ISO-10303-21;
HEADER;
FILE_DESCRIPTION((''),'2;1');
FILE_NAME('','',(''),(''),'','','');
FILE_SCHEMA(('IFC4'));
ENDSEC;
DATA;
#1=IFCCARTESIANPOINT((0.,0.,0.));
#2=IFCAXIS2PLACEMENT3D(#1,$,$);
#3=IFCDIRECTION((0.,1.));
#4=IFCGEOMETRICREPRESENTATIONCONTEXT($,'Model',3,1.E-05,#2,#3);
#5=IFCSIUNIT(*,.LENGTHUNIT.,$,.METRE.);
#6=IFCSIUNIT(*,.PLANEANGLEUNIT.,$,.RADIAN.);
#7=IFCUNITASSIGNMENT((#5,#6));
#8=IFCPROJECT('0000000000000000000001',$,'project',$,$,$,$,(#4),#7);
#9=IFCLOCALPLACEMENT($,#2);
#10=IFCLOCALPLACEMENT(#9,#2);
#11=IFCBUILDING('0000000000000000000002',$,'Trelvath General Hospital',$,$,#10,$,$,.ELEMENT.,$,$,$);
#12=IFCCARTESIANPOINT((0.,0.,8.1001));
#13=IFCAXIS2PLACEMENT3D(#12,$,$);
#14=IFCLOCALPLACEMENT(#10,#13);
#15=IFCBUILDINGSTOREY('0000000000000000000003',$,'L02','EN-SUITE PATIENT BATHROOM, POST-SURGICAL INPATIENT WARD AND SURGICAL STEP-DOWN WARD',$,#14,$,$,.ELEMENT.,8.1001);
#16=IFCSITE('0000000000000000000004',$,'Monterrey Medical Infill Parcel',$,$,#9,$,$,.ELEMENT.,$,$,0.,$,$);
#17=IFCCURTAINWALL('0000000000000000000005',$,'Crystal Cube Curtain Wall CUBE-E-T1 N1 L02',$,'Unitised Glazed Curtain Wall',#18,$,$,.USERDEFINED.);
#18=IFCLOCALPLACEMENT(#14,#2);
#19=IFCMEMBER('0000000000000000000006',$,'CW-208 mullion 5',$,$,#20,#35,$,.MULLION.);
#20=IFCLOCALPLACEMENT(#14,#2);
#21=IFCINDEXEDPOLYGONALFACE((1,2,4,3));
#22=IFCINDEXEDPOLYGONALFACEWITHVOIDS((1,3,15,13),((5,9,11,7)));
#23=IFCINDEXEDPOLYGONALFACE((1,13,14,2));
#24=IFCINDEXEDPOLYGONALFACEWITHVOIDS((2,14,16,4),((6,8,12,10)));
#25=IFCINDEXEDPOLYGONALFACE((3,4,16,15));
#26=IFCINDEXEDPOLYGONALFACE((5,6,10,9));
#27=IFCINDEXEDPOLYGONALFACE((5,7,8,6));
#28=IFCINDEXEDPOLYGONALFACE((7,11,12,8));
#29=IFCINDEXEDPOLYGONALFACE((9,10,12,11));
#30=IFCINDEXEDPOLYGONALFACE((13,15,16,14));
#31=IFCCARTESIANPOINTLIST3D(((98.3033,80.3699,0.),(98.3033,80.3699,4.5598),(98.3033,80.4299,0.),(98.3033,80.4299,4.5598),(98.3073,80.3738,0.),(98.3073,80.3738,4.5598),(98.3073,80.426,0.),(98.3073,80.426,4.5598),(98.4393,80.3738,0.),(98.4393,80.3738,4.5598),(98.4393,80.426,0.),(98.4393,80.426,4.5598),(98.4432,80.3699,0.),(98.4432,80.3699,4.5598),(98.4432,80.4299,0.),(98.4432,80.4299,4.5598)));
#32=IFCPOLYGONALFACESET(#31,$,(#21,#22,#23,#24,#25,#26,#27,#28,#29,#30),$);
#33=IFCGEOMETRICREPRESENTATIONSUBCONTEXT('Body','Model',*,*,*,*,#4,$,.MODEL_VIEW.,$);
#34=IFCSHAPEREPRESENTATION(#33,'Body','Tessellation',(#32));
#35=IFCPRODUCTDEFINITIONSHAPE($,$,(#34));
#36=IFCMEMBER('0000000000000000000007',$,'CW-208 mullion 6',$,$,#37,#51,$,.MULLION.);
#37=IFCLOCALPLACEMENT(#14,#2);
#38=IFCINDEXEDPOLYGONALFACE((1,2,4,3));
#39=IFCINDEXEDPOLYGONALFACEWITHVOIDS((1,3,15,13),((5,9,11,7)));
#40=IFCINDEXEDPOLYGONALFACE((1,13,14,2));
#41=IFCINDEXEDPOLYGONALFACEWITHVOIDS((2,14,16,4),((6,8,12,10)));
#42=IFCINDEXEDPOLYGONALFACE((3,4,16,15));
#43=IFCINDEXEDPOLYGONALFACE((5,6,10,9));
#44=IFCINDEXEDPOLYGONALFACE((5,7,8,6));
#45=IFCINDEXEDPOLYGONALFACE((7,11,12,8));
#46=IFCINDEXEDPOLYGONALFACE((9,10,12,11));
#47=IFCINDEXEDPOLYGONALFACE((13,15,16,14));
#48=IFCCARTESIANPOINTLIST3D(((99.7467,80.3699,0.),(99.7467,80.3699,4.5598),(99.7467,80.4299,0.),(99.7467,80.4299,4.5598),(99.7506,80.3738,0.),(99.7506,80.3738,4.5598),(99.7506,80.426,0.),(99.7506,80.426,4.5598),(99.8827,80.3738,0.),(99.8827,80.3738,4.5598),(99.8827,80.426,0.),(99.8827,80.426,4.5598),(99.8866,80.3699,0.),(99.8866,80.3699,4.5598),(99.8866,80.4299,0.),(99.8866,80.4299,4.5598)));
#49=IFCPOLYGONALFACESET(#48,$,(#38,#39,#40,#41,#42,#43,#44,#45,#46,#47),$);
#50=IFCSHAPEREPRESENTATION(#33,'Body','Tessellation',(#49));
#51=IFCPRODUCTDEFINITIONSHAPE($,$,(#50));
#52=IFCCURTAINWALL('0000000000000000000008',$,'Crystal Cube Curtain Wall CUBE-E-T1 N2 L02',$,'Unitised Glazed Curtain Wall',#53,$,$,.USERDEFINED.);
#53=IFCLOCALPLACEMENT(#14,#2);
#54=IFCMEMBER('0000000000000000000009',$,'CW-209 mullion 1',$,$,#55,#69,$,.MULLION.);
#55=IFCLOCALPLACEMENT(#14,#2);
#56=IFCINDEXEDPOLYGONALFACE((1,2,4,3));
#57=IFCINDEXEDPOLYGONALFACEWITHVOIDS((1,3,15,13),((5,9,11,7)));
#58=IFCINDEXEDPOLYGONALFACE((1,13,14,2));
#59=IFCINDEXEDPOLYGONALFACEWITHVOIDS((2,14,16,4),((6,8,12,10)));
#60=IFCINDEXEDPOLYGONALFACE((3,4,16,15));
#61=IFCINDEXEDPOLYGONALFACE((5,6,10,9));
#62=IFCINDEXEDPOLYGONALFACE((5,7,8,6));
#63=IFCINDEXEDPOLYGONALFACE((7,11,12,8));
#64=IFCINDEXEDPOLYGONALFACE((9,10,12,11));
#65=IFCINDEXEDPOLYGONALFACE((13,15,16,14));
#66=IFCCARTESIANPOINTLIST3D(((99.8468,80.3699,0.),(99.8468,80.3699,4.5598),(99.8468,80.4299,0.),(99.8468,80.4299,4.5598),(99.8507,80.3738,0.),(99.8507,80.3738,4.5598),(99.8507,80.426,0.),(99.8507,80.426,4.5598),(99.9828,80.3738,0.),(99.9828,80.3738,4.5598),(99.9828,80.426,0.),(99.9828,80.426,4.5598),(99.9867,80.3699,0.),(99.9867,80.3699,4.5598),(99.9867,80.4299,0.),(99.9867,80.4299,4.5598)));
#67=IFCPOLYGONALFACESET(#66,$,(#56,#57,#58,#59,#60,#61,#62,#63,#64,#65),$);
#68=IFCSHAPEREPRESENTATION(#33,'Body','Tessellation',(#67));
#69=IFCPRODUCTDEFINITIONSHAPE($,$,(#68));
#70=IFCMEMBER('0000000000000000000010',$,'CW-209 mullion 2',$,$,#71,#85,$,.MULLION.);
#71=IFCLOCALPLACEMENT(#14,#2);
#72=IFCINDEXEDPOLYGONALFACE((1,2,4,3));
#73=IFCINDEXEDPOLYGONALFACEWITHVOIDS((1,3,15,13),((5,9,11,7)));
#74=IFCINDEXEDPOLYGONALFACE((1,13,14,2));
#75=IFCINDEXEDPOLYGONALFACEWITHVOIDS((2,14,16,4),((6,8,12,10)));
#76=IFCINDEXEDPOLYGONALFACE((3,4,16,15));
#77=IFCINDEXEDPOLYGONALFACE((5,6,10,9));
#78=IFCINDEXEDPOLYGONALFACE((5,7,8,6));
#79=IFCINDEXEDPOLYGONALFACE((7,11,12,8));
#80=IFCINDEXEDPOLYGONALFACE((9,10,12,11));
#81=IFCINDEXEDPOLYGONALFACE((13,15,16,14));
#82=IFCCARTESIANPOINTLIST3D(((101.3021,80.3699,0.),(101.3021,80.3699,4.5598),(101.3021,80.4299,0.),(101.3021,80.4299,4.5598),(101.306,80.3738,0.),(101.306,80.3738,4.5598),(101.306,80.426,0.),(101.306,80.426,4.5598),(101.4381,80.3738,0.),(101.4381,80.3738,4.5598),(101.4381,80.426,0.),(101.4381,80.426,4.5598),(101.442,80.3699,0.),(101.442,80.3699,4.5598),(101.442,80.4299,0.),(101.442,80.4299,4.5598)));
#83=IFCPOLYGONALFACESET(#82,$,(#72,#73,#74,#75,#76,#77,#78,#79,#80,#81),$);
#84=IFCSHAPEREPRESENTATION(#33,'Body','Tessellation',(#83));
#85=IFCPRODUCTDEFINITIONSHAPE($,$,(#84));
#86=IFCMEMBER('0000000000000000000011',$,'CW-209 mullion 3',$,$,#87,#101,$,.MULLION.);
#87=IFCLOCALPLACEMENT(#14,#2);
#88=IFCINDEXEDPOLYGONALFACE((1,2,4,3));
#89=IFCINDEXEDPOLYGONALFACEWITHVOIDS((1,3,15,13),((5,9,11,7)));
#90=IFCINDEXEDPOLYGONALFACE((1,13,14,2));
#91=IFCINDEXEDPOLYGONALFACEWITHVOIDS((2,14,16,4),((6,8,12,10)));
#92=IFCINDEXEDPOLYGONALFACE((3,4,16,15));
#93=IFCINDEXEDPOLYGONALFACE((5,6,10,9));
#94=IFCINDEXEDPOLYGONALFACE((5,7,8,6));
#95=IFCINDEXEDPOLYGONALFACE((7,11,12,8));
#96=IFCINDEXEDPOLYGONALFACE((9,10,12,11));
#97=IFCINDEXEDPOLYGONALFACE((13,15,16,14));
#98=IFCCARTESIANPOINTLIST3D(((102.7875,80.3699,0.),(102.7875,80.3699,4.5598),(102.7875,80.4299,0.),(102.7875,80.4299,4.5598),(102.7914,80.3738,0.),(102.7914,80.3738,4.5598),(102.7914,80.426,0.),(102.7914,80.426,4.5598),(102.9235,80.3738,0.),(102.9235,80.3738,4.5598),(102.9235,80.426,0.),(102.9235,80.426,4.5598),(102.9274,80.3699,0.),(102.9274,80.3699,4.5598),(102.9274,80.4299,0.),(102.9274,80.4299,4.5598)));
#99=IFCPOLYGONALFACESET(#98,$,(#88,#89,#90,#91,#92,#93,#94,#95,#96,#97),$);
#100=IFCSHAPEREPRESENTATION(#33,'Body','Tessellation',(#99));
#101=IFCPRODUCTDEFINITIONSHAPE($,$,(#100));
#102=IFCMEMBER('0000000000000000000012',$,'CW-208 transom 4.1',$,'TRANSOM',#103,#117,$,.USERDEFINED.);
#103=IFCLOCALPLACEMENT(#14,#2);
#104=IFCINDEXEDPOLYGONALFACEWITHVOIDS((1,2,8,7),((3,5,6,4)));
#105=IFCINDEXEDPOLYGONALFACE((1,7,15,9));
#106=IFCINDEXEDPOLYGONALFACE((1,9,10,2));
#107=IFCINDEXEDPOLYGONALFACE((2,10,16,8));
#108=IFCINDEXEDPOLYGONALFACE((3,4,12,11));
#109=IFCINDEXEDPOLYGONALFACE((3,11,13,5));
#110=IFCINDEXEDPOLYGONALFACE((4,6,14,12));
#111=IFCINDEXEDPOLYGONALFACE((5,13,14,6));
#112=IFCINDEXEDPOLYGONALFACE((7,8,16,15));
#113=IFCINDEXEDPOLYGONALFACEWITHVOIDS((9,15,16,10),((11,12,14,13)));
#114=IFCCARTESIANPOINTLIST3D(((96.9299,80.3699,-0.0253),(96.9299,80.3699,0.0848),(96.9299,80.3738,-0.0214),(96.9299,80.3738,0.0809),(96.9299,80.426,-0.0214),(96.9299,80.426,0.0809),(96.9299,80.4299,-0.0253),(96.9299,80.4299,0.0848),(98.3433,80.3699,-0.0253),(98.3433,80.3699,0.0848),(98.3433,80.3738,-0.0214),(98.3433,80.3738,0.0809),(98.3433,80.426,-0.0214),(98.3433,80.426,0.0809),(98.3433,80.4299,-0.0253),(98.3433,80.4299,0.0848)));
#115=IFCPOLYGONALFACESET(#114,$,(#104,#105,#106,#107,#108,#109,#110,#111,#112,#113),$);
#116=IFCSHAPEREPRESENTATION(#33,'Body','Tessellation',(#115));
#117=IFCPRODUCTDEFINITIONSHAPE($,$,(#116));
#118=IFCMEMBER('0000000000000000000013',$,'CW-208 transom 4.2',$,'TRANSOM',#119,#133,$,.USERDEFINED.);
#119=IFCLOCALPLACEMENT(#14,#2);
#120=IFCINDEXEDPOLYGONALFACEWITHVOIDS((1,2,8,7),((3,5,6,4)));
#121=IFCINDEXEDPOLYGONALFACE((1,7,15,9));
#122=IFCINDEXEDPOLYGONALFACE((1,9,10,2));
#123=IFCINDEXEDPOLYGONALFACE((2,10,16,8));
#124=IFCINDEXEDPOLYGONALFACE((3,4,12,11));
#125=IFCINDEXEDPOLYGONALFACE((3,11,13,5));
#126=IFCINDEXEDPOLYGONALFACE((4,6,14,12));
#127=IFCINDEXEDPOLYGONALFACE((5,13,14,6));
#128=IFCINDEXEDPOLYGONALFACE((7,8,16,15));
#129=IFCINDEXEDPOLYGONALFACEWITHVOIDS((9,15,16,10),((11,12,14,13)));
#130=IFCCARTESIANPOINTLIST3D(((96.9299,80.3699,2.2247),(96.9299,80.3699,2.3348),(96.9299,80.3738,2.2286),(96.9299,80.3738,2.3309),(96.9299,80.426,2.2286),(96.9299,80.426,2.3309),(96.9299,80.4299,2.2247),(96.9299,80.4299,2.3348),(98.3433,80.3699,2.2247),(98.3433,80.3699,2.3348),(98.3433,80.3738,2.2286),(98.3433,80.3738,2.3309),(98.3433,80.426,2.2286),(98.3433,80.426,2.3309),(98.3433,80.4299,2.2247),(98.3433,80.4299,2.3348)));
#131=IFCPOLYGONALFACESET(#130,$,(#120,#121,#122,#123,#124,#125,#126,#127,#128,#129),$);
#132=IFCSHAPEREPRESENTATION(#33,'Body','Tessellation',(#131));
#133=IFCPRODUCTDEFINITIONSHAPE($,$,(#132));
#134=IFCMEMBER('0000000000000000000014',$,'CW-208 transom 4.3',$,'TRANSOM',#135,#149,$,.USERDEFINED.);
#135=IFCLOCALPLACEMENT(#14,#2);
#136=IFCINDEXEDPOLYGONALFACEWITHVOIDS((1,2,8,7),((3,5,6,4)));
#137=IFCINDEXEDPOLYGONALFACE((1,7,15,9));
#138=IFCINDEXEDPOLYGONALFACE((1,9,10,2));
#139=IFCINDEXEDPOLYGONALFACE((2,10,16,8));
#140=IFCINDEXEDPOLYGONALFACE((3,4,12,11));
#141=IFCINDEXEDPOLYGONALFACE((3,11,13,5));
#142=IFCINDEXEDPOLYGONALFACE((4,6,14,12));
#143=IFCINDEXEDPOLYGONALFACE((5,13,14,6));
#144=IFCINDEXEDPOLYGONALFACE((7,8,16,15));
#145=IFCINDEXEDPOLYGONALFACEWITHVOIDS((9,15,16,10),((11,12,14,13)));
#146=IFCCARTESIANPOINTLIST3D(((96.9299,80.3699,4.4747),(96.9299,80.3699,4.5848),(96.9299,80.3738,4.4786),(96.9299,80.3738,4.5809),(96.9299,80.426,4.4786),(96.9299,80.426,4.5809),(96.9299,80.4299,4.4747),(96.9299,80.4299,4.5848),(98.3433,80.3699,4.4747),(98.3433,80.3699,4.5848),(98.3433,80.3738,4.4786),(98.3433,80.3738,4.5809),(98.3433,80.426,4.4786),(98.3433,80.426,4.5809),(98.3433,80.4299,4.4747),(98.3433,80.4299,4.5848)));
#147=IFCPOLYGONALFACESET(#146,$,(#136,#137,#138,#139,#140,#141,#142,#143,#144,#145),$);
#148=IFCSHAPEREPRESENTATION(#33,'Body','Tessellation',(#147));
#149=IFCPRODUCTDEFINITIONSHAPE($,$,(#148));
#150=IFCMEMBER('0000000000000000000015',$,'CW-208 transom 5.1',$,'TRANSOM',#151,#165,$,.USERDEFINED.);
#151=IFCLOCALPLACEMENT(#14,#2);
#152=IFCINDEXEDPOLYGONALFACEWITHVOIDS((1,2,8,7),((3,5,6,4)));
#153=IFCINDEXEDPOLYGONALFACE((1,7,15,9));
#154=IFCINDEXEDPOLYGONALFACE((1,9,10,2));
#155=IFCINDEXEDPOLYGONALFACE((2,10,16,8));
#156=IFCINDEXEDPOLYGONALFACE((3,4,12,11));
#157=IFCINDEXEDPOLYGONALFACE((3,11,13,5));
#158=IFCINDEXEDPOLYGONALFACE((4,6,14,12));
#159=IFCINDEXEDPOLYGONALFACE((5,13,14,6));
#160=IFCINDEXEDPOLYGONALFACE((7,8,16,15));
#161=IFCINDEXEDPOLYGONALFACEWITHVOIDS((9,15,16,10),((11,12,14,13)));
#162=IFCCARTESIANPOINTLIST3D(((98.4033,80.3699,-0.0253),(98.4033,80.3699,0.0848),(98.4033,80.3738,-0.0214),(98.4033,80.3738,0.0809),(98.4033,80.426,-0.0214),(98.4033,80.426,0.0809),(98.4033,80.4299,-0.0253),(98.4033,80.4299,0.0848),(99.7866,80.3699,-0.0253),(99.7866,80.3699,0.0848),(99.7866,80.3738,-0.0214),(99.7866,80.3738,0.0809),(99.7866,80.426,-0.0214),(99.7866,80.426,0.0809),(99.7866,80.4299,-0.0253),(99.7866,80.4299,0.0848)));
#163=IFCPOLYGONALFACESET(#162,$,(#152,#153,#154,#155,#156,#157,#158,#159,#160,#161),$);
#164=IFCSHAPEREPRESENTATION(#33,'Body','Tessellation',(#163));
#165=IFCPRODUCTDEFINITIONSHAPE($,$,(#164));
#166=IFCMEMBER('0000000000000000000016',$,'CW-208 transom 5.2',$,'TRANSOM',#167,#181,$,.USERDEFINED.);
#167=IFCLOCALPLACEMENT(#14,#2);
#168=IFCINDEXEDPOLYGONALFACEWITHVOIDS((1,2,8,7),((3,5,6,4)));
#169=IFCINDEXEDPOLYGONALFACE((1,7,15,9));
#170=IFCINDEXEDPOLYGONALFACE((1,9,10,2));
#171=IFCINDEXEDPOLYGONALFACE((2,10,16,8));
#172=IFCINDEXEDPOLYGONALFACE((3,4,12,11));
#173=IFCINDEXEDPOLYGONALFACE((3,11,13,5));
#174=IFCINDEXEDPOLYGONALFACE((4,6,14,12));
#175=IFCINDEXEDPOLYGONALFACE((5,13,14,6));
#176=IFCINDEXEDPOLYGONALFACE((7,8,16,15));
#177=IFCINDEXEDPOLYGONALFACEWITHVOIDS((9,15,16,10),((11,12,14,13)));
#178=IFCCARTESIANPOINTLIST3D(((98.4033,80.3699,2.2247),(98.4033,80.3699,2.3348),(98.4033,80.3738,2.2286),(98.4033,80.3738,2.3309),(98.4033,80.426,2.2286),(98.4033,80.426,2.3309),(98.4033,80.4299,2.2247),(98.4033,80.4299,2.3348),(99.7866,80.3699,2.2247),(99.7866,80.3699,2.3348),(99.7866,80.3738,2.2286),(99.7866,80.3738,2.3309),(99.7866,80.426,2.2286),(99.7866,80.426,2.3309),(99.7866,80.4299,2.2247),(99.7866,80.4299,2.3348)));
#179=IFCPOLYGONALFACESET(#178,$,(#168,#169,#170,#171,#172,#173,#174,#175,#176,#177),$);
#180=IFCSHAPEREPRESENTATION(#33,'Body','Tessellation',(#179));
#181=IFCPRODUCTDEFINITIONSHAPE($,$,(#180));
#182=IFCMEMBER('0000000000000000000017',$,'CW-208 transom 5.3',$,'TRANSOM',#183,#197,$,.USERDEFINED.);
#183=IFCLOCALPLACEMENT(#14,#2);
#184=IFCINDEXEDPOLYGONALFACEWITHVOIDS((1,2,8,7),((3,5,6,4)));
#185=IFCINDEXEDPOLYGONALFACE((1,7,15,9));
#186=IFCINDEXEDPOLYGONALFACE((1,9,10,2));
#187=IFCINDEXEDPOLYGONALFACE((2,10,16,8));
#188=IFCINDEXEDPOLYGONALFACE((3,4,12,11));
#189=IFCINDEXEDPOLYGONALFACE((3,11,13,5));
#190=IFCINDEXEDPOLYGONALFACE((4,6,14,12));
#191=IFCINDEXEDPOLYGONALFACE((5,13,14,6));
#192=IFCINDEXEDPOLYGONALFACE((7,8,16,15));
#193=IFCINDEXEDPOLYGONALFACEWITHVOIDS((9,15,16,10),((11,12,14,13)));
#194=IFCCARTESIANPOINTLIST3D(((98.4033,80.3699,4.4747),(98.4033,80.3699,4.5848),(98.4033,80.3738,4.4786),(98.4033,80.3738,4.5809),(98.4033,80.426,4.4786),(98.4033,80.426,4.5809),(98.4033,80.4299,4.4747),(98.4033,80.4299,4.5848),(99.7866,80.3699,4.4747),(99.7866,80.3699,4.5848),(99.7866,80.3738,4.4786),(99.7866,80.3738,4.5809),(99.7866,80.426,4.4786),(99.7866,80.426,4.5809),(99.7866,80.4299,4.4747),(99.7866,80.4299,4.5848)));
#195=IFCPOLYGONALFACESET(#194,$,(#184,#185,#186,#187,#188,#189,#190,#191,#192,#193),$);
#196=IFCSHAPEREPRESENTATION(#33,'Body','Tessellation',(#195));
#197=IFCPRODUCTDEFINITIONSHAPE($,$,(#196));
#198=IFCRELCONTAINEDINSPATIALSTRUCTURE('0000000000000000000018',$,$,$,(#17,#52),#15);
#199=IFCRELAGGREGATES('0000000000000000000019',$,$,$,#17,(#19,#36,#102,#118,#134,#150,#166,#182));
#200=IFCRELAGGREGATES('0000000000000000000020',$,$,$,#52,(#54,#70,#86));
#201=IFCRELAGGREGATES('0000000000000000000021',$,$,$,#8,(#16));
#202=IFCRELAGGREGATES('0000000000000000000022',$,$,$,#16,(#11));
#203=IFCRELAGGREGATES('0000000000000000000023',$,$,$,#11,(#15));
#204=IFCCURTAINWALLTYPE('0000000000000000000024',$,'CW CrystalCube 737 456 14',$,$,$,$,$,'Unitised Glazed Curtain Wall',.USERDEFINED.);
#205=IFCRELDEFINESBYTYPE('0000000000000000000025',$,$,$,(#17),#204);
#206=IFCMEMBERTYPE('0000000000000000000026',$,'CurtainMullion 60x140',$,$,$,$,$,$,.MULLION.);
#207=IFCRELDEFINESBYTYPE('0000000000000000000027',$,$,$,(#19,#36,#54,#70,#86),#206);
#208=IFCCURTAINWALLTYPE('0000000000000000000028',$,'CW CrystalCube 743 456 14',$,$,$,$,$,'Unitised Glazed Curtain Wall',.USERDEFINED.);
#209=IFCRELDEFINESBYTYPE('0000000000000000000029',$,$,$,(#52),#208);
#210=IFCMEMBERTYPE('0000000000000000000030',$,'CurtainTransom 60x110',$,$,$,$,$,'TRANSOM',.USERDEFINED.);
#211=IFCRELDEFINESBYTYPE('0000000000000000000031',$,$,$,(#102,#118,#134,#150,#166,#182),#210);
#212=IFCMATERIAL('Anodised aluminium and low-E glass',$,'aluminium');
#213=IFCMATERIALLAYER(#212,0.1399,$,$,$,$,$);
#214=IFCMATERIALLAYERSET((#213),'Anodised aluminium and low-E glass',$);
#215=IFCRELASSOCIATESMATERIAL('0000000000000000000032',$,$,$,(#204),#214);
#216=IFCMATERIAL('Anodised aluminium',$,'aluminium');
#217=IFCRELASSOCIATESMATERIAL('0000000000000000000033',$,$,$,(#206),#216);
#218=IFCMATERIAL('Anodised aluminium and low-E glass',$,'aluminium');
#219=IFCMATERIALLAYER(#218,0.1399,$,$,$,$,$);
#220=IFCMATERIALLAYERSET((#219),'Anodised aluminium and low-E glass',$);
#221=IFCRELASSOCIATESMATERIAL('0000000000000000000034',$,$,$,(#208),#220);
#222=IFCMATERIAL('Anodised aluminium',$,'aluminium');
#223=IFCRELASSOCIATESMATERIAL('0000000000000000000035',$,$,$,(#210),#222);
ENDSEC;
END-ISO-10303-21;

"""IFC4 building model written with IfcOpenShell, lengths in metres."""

from ifc_helpers import new_model, si_unit, direction, frame, origin, origin_2d, place, context, subcontext, project, spatial, hollow_rectangle, extrude, material, layer, layer_set, material_profile, profile_set, type_object, element, aggregate, save


model = new_model("IFC4")

# Units and contexts
model_context = context("Model", 3, precision=1e-05, world=origin(), true_north=direction((0.0, 1.0)))
body_context = subcontext(model_context, "Body", "Model", "MODEL_VIEW")
ifc_project = project(units=[si_unit("LENGTHUNIT", "METRE"), si_unit("PLANEANGLEUNIT", "RADIAN")], contexts=[model_context])

# Site, building, storey
site_placement = place(None, origin())
site = spatial("IfcSite", under=ifc_project, at=site_placement, Name="Monterrey Medical Infill Parcel", CompositionType="ELEMENT", RefElevation=0.0)
building_placement = place(site_placement, origin())
building = spatial("IfcBuilding", under=site, at=building_placement, Name="Trelvath General Hospital", CompositionType="ELEMENT")
storey_placement = place(building_placement, frame((0.0, 0.0, 8.1001)))
storey = spatial("IfcBuildingStorey", under=building, at=storey_placement, Name="L02", Description="EN-SUITE PATIENT BATHROOM, POST-SURGICAL INPATIENT WARD AND SURGICAL STEP-DOWN WARD", CompositionType="ELEMENT", Elevation=8.1001)

# Curtain walls, members
ifc_material_1 = material(Name="Anodised aluminium and low-E glass", Category="aluminium")
ifc_layer_1 = layer(ifc_material_1, 0.1399)
ifc_layer_set_1 = layer_set([ifc_layer_1], Name="Anodised aluminium and low-E glass")
curtain_wall_type_1 = type_object("IfcCurtainWallType", Name="CW CrystalCube 737 456 14", ElementType="Unitised Glazed Curtain Wall", PredefinedType="USERDEFINED", material=ifc_layer_set_1)
curtain_wall_1_placement = place(storey_placement, origin())
curtain_wall_1 = element("IfcCurtainWall", 1, at=curtain_wall_1_placement, inside=storey, type_object=curtain_wall_type_1, Name="Crystal Cube Curtain Wall CUBE-E-T1 N1 L02", ObjectType="Unitised Glazed Curtain Wall", PredefinedType="USERDEFINED")
ifc_material_2 = material(Name="Anodised aluminium", Category="aluminium")
ifc_material_profile_1 = material_profile(ifc_material_2, hollow_rectangle(XDim=0.0601, YDim=0.1399, WallThickness=0.0039, at=origin_2d()), Name="RHS60x140x4")
ifc_profile_set_1 = profile_set([ifc_material_profile_1], Name="Anodised aluminium")
member_type_1 = type_object("IfcMemberType", Name="CurtainMullion 60x140", PredefinedType="MULLION", material=ifc_profile_set_1)
member_1_placement = place(storey_placement, frame((98.3733, 80.3999, 0.0), z_axis=(0.0, 0.0, 1.0), x_axis=(0.0, 1.0, 0.0)))
member_1 = element("IfcMember", 2, at=member_1_placement, type_object=member_type_1, Name="CW-208 mullion 5", PredefinedType="MULLION", context=body_context, shape_type="SweptSolid", body=[
    extrude(hollow_rectangle(XDim=0.0601, YDim=0.1399, WallThickness=0.0039, at=origin_2d()), origin(), (0.0, 0.0, 1.0), 4.5598),
])
member_2_placement = place(storey_placement, frame((99.8167, 80.3999, 0.0), z_axis=(0.0, 0.0, 1.0), x_axis=(0.0, 1.0, 0.0)))
member_2 = element("IfcMember", 3, at=member_2_placement, type_object=member_type_1, Name="CW-208 mullion 6", PredefinedType="MULLION", context=body_context, shape_type="SweptSolid", body=[
    extrude(hollow_rectangle(XDim=0.0601, YDim=0.1399, WallThickness=0.0039, at=origin_2d()), origin(), (0.0, 0.0, 1.0), 4.5598),
])
ifc_material_3 = material(Name="Anodised aluminium and low-E glass", Category="aluminium")
ifc_layer_2 = layer(ifc_material_3, 0.1399)
ifc_layer_set_2 = layer_set([ifc_layer_2], Name="Anodised aluminium and low-E glass")
curtain_wall_type_2 = type_object("IfcCurtainWallType", Name="CW CrystalCube 743 456 14", ElementType="Unitised Glazed Curtain Wall", PredefinedType="USERDEFINED", material=ifc_layer_set_2)
curtain_wall_2_placement = place(storey_placement, origin())
curtain_wall_2 = element("IfcCurtainWall", 4, at=curtain_wall_2_placement, inside=storey, type_object=curtain_wall_type_2, Name="Crystal Cube Curtain Wall CUBE-E-T1 N2 L02", ObjectType="Unitised Glazed Curtain Wall", PredefinedType="USERDEFINED")
member_3_placement = place(storey_placement, frame((99.9167, 80.3999, 0.0), z_axis=(0.0, 0.0, 1.0), x_axis=(0.0, 1.0, 0.0)))
member_3 = element("IfcMember", 5, at=member_3_placement, type_object=member_type_1, Name="CW-209 mullion 1", PredefinedType="MULLION", context=body_context, shape_type="SweptSolid", body=[
    extrude(hollow_rectangle(XDim=0.0601, YDim=0.1399, WallThickness=0.0039, at=origin_2d()), origin(), (0.0, 0.0, 1.0), 4.5598),
])
member_4_placement = place(storey_placement, frame((101.3721, 80.3999, 0.0), z_axis=(0.0, 0.0, 1.0), x_axis=(0.0, 1.0, 0.0)))
member_4 = element("IfcMember", 6, at=member_4_placement, type_object=member_type_1, Name="CW-209 mullion 2", PredefinedType="MULLION", context=body_context, shape_type="SweptSolid", body=[
    extrude(hollow_rectangle(XDim=0.0601, YDim=0.1399, WallThickness=0.0039, at=origin_2d()), origin(), (0.0, 0.0, 1.0), 4.5598),
])
member_5_placement = place(storey_placement, frame((102.8574, 80.3999, 0.0), z_axis=(0.0, 0.0, 1.0), x_axis=(0.0, 1.0, 0.0)))
member_5 = element("IfcMember", 7, at=member_5_placement, type_object=member_type_1, Name="CW-209 mullion 3", PredefinedType="MULLION", context=body_context, shape_type="SweptSolid", body=[
    extrude(hollow_rectangle(XDim=0.0601, YDim=0.1399, WallThickness=0.0039, at=origin_2d()), origin(), (0.0, 0.0, 1.0), 4.5598),
])

# Members
ifc_material_4 = material(Name="Anodised aluminium", Category="aluminium")
ifc_material_profile_2 = material_profile(ifc_material_4, hollow_rectangle(XDim=0.0601, YDim=0.1101, WallThickness=0.0039, at=origin_2d()), Name="RHS60x110x4")
ifc_profile_set_2 = profile_set([ifc_material_profile_2], Name="Anodised aluminium")
member_type_2 = type_object("IfcMemberType", Name="CurtainTransom 60x110", ElementType="TRANSOM", PredefinedType="USERDEFINED", material=ifc_profile_set_2)
member_6_placement = place(storey_placement, frame((96.9299, 80.3999, 0.0298), z_axis=(1.0, 0.0, 0.0), x_axis=(0.0, 1.0, 0.0)))
member_6 = element("IfcMember", 8, at=member_6_placement, type_object=member_type_2, Name="CW-208 transom 4.1", ObjectType="TRANSOM", PredefinedType="USERDEFINED", context=body_context, shape_type="SweptSolid", body=[
    extrude(hollow_rectangle(XDim=0.0601, YDim=0.1101, WallThickness=0.0039, at=origin_2d()), origin(), (0.0, 0.0, 1.0), 1.4133),
])
member_7_placement = place(storey_placement, frame((96.9299, 80.3999, 2.2798), z_axis=(1.0, 0.0, 0.0), x_axis=(0.0, 1.0, 0.0)))
member_7 = element("IfcMember", 9, at=member_7_placement, type_object=member_type_2, Name="CW-208 transom 4.2", ObjectType="TRANSOM", PredefinedType="USERDEFINED", context=body_context, shape_type="SweptSolid", body=[
    extrude(hollow_rectangle(XDim=0.0601, YDim=0.1101, WallThickness=0.0039, at=origin_2d()), origin(), (0.0, 0.0, 1.0), 1.4133),
])
member_8_placement = place(storey_placement, frame((96.9299, 80.3999, 4.5298), z_axis=(1.0, 0.0, 0.0), x_axis=(0.0, 1.0, 0.0)))
member_8 = element("IfcMember", 10, at=member_8_placement, type_object=member_type_2, Name="CW-208 transom 4.3", ObjectType="TRANSOM", PredefinedType="USERDEFINED", context=body_context, shape_type="SweptSolid", body=[
    extrude(hollow_rectangle(XDim=0.0601, YDim=0.1101, WallThickness=0.0039, at=origin_2d()), origin(), (0.0, 0.0, 1.0), 1.4133),
])
member_9_placement = place(storey_placement, frame((98.4033, 80.3999, 0.0298), z_axis=(1.0, 0.0, 0.0), x_axis=(0.0, 1.0, 0.0)))
member_9 = element("IfcMember", 11, at=member_9_placement, type_object=member_type_2, Name="CW-208 transom 5.1", ObjectType="TRANSOM", PredefinedType="USERDEFINED", context=body_context, shape_type="SweptSolid", body=[
    extrude(hollow_rectangle(XDim=0.0601, YDim=0.1101, WallThickness=0.0039, at=origin_2d()), origin(), (0.0, 0.0, 1.0), 1.3833),
])
member_10_placement = place(storey_placement, frame((98.4033, 80.3999, 2.2798), z_axis=(1.0, 0.0, 0.0), x_axis=(0.0, 1.0, 0.0)))
member_10 = element("IfcMember", 12, at=member_10_placement, type_object=member_type_2, Name="CW-208 transom 5.2", ObjectType="TRANSOM", PredefinedType="USERDEFINED", context=body_context, shape_type="SweptSolid", body=[
    extrude(hollow_rectangle(XDim=0.0601, YDim=0.1101, WallThickness=0.0039, at=origin_2d()), origin(), (0.0, 0.0, 1.0), 1.3833),
])
member_11_placement = place(storey_placement, frame((98.4033, 80.3999, 4.5298), z_axis=(1.0, 0.0, 0.0), x_axis=(0.0, 1.0, 0.0)))
member_11 = element("IfcMember", 13, at=member_11_placement, type_object=member_type_2, Name="CW-208 transom 5.3", ObjectType="TRANSOM", PredefinedType="USERDEFINED", context=body_context, shape_type="SweptSolid", body=[
    extrude(hollow_rectangle(XDim=0.0601, YDim=0.1101, WallThickness=0.0039, at=origin_2d()), origin(), (0.0, 0.0, 1.0), 1.3833),
])

aggregate(curtain_wall_1, [member_1, member_2, member_6, member_7, member_8, member_9, member_10, member_11])
aggregate(curtain_wall_2, [member_3, member_4, member_5])

save(model, "model.ifc")
